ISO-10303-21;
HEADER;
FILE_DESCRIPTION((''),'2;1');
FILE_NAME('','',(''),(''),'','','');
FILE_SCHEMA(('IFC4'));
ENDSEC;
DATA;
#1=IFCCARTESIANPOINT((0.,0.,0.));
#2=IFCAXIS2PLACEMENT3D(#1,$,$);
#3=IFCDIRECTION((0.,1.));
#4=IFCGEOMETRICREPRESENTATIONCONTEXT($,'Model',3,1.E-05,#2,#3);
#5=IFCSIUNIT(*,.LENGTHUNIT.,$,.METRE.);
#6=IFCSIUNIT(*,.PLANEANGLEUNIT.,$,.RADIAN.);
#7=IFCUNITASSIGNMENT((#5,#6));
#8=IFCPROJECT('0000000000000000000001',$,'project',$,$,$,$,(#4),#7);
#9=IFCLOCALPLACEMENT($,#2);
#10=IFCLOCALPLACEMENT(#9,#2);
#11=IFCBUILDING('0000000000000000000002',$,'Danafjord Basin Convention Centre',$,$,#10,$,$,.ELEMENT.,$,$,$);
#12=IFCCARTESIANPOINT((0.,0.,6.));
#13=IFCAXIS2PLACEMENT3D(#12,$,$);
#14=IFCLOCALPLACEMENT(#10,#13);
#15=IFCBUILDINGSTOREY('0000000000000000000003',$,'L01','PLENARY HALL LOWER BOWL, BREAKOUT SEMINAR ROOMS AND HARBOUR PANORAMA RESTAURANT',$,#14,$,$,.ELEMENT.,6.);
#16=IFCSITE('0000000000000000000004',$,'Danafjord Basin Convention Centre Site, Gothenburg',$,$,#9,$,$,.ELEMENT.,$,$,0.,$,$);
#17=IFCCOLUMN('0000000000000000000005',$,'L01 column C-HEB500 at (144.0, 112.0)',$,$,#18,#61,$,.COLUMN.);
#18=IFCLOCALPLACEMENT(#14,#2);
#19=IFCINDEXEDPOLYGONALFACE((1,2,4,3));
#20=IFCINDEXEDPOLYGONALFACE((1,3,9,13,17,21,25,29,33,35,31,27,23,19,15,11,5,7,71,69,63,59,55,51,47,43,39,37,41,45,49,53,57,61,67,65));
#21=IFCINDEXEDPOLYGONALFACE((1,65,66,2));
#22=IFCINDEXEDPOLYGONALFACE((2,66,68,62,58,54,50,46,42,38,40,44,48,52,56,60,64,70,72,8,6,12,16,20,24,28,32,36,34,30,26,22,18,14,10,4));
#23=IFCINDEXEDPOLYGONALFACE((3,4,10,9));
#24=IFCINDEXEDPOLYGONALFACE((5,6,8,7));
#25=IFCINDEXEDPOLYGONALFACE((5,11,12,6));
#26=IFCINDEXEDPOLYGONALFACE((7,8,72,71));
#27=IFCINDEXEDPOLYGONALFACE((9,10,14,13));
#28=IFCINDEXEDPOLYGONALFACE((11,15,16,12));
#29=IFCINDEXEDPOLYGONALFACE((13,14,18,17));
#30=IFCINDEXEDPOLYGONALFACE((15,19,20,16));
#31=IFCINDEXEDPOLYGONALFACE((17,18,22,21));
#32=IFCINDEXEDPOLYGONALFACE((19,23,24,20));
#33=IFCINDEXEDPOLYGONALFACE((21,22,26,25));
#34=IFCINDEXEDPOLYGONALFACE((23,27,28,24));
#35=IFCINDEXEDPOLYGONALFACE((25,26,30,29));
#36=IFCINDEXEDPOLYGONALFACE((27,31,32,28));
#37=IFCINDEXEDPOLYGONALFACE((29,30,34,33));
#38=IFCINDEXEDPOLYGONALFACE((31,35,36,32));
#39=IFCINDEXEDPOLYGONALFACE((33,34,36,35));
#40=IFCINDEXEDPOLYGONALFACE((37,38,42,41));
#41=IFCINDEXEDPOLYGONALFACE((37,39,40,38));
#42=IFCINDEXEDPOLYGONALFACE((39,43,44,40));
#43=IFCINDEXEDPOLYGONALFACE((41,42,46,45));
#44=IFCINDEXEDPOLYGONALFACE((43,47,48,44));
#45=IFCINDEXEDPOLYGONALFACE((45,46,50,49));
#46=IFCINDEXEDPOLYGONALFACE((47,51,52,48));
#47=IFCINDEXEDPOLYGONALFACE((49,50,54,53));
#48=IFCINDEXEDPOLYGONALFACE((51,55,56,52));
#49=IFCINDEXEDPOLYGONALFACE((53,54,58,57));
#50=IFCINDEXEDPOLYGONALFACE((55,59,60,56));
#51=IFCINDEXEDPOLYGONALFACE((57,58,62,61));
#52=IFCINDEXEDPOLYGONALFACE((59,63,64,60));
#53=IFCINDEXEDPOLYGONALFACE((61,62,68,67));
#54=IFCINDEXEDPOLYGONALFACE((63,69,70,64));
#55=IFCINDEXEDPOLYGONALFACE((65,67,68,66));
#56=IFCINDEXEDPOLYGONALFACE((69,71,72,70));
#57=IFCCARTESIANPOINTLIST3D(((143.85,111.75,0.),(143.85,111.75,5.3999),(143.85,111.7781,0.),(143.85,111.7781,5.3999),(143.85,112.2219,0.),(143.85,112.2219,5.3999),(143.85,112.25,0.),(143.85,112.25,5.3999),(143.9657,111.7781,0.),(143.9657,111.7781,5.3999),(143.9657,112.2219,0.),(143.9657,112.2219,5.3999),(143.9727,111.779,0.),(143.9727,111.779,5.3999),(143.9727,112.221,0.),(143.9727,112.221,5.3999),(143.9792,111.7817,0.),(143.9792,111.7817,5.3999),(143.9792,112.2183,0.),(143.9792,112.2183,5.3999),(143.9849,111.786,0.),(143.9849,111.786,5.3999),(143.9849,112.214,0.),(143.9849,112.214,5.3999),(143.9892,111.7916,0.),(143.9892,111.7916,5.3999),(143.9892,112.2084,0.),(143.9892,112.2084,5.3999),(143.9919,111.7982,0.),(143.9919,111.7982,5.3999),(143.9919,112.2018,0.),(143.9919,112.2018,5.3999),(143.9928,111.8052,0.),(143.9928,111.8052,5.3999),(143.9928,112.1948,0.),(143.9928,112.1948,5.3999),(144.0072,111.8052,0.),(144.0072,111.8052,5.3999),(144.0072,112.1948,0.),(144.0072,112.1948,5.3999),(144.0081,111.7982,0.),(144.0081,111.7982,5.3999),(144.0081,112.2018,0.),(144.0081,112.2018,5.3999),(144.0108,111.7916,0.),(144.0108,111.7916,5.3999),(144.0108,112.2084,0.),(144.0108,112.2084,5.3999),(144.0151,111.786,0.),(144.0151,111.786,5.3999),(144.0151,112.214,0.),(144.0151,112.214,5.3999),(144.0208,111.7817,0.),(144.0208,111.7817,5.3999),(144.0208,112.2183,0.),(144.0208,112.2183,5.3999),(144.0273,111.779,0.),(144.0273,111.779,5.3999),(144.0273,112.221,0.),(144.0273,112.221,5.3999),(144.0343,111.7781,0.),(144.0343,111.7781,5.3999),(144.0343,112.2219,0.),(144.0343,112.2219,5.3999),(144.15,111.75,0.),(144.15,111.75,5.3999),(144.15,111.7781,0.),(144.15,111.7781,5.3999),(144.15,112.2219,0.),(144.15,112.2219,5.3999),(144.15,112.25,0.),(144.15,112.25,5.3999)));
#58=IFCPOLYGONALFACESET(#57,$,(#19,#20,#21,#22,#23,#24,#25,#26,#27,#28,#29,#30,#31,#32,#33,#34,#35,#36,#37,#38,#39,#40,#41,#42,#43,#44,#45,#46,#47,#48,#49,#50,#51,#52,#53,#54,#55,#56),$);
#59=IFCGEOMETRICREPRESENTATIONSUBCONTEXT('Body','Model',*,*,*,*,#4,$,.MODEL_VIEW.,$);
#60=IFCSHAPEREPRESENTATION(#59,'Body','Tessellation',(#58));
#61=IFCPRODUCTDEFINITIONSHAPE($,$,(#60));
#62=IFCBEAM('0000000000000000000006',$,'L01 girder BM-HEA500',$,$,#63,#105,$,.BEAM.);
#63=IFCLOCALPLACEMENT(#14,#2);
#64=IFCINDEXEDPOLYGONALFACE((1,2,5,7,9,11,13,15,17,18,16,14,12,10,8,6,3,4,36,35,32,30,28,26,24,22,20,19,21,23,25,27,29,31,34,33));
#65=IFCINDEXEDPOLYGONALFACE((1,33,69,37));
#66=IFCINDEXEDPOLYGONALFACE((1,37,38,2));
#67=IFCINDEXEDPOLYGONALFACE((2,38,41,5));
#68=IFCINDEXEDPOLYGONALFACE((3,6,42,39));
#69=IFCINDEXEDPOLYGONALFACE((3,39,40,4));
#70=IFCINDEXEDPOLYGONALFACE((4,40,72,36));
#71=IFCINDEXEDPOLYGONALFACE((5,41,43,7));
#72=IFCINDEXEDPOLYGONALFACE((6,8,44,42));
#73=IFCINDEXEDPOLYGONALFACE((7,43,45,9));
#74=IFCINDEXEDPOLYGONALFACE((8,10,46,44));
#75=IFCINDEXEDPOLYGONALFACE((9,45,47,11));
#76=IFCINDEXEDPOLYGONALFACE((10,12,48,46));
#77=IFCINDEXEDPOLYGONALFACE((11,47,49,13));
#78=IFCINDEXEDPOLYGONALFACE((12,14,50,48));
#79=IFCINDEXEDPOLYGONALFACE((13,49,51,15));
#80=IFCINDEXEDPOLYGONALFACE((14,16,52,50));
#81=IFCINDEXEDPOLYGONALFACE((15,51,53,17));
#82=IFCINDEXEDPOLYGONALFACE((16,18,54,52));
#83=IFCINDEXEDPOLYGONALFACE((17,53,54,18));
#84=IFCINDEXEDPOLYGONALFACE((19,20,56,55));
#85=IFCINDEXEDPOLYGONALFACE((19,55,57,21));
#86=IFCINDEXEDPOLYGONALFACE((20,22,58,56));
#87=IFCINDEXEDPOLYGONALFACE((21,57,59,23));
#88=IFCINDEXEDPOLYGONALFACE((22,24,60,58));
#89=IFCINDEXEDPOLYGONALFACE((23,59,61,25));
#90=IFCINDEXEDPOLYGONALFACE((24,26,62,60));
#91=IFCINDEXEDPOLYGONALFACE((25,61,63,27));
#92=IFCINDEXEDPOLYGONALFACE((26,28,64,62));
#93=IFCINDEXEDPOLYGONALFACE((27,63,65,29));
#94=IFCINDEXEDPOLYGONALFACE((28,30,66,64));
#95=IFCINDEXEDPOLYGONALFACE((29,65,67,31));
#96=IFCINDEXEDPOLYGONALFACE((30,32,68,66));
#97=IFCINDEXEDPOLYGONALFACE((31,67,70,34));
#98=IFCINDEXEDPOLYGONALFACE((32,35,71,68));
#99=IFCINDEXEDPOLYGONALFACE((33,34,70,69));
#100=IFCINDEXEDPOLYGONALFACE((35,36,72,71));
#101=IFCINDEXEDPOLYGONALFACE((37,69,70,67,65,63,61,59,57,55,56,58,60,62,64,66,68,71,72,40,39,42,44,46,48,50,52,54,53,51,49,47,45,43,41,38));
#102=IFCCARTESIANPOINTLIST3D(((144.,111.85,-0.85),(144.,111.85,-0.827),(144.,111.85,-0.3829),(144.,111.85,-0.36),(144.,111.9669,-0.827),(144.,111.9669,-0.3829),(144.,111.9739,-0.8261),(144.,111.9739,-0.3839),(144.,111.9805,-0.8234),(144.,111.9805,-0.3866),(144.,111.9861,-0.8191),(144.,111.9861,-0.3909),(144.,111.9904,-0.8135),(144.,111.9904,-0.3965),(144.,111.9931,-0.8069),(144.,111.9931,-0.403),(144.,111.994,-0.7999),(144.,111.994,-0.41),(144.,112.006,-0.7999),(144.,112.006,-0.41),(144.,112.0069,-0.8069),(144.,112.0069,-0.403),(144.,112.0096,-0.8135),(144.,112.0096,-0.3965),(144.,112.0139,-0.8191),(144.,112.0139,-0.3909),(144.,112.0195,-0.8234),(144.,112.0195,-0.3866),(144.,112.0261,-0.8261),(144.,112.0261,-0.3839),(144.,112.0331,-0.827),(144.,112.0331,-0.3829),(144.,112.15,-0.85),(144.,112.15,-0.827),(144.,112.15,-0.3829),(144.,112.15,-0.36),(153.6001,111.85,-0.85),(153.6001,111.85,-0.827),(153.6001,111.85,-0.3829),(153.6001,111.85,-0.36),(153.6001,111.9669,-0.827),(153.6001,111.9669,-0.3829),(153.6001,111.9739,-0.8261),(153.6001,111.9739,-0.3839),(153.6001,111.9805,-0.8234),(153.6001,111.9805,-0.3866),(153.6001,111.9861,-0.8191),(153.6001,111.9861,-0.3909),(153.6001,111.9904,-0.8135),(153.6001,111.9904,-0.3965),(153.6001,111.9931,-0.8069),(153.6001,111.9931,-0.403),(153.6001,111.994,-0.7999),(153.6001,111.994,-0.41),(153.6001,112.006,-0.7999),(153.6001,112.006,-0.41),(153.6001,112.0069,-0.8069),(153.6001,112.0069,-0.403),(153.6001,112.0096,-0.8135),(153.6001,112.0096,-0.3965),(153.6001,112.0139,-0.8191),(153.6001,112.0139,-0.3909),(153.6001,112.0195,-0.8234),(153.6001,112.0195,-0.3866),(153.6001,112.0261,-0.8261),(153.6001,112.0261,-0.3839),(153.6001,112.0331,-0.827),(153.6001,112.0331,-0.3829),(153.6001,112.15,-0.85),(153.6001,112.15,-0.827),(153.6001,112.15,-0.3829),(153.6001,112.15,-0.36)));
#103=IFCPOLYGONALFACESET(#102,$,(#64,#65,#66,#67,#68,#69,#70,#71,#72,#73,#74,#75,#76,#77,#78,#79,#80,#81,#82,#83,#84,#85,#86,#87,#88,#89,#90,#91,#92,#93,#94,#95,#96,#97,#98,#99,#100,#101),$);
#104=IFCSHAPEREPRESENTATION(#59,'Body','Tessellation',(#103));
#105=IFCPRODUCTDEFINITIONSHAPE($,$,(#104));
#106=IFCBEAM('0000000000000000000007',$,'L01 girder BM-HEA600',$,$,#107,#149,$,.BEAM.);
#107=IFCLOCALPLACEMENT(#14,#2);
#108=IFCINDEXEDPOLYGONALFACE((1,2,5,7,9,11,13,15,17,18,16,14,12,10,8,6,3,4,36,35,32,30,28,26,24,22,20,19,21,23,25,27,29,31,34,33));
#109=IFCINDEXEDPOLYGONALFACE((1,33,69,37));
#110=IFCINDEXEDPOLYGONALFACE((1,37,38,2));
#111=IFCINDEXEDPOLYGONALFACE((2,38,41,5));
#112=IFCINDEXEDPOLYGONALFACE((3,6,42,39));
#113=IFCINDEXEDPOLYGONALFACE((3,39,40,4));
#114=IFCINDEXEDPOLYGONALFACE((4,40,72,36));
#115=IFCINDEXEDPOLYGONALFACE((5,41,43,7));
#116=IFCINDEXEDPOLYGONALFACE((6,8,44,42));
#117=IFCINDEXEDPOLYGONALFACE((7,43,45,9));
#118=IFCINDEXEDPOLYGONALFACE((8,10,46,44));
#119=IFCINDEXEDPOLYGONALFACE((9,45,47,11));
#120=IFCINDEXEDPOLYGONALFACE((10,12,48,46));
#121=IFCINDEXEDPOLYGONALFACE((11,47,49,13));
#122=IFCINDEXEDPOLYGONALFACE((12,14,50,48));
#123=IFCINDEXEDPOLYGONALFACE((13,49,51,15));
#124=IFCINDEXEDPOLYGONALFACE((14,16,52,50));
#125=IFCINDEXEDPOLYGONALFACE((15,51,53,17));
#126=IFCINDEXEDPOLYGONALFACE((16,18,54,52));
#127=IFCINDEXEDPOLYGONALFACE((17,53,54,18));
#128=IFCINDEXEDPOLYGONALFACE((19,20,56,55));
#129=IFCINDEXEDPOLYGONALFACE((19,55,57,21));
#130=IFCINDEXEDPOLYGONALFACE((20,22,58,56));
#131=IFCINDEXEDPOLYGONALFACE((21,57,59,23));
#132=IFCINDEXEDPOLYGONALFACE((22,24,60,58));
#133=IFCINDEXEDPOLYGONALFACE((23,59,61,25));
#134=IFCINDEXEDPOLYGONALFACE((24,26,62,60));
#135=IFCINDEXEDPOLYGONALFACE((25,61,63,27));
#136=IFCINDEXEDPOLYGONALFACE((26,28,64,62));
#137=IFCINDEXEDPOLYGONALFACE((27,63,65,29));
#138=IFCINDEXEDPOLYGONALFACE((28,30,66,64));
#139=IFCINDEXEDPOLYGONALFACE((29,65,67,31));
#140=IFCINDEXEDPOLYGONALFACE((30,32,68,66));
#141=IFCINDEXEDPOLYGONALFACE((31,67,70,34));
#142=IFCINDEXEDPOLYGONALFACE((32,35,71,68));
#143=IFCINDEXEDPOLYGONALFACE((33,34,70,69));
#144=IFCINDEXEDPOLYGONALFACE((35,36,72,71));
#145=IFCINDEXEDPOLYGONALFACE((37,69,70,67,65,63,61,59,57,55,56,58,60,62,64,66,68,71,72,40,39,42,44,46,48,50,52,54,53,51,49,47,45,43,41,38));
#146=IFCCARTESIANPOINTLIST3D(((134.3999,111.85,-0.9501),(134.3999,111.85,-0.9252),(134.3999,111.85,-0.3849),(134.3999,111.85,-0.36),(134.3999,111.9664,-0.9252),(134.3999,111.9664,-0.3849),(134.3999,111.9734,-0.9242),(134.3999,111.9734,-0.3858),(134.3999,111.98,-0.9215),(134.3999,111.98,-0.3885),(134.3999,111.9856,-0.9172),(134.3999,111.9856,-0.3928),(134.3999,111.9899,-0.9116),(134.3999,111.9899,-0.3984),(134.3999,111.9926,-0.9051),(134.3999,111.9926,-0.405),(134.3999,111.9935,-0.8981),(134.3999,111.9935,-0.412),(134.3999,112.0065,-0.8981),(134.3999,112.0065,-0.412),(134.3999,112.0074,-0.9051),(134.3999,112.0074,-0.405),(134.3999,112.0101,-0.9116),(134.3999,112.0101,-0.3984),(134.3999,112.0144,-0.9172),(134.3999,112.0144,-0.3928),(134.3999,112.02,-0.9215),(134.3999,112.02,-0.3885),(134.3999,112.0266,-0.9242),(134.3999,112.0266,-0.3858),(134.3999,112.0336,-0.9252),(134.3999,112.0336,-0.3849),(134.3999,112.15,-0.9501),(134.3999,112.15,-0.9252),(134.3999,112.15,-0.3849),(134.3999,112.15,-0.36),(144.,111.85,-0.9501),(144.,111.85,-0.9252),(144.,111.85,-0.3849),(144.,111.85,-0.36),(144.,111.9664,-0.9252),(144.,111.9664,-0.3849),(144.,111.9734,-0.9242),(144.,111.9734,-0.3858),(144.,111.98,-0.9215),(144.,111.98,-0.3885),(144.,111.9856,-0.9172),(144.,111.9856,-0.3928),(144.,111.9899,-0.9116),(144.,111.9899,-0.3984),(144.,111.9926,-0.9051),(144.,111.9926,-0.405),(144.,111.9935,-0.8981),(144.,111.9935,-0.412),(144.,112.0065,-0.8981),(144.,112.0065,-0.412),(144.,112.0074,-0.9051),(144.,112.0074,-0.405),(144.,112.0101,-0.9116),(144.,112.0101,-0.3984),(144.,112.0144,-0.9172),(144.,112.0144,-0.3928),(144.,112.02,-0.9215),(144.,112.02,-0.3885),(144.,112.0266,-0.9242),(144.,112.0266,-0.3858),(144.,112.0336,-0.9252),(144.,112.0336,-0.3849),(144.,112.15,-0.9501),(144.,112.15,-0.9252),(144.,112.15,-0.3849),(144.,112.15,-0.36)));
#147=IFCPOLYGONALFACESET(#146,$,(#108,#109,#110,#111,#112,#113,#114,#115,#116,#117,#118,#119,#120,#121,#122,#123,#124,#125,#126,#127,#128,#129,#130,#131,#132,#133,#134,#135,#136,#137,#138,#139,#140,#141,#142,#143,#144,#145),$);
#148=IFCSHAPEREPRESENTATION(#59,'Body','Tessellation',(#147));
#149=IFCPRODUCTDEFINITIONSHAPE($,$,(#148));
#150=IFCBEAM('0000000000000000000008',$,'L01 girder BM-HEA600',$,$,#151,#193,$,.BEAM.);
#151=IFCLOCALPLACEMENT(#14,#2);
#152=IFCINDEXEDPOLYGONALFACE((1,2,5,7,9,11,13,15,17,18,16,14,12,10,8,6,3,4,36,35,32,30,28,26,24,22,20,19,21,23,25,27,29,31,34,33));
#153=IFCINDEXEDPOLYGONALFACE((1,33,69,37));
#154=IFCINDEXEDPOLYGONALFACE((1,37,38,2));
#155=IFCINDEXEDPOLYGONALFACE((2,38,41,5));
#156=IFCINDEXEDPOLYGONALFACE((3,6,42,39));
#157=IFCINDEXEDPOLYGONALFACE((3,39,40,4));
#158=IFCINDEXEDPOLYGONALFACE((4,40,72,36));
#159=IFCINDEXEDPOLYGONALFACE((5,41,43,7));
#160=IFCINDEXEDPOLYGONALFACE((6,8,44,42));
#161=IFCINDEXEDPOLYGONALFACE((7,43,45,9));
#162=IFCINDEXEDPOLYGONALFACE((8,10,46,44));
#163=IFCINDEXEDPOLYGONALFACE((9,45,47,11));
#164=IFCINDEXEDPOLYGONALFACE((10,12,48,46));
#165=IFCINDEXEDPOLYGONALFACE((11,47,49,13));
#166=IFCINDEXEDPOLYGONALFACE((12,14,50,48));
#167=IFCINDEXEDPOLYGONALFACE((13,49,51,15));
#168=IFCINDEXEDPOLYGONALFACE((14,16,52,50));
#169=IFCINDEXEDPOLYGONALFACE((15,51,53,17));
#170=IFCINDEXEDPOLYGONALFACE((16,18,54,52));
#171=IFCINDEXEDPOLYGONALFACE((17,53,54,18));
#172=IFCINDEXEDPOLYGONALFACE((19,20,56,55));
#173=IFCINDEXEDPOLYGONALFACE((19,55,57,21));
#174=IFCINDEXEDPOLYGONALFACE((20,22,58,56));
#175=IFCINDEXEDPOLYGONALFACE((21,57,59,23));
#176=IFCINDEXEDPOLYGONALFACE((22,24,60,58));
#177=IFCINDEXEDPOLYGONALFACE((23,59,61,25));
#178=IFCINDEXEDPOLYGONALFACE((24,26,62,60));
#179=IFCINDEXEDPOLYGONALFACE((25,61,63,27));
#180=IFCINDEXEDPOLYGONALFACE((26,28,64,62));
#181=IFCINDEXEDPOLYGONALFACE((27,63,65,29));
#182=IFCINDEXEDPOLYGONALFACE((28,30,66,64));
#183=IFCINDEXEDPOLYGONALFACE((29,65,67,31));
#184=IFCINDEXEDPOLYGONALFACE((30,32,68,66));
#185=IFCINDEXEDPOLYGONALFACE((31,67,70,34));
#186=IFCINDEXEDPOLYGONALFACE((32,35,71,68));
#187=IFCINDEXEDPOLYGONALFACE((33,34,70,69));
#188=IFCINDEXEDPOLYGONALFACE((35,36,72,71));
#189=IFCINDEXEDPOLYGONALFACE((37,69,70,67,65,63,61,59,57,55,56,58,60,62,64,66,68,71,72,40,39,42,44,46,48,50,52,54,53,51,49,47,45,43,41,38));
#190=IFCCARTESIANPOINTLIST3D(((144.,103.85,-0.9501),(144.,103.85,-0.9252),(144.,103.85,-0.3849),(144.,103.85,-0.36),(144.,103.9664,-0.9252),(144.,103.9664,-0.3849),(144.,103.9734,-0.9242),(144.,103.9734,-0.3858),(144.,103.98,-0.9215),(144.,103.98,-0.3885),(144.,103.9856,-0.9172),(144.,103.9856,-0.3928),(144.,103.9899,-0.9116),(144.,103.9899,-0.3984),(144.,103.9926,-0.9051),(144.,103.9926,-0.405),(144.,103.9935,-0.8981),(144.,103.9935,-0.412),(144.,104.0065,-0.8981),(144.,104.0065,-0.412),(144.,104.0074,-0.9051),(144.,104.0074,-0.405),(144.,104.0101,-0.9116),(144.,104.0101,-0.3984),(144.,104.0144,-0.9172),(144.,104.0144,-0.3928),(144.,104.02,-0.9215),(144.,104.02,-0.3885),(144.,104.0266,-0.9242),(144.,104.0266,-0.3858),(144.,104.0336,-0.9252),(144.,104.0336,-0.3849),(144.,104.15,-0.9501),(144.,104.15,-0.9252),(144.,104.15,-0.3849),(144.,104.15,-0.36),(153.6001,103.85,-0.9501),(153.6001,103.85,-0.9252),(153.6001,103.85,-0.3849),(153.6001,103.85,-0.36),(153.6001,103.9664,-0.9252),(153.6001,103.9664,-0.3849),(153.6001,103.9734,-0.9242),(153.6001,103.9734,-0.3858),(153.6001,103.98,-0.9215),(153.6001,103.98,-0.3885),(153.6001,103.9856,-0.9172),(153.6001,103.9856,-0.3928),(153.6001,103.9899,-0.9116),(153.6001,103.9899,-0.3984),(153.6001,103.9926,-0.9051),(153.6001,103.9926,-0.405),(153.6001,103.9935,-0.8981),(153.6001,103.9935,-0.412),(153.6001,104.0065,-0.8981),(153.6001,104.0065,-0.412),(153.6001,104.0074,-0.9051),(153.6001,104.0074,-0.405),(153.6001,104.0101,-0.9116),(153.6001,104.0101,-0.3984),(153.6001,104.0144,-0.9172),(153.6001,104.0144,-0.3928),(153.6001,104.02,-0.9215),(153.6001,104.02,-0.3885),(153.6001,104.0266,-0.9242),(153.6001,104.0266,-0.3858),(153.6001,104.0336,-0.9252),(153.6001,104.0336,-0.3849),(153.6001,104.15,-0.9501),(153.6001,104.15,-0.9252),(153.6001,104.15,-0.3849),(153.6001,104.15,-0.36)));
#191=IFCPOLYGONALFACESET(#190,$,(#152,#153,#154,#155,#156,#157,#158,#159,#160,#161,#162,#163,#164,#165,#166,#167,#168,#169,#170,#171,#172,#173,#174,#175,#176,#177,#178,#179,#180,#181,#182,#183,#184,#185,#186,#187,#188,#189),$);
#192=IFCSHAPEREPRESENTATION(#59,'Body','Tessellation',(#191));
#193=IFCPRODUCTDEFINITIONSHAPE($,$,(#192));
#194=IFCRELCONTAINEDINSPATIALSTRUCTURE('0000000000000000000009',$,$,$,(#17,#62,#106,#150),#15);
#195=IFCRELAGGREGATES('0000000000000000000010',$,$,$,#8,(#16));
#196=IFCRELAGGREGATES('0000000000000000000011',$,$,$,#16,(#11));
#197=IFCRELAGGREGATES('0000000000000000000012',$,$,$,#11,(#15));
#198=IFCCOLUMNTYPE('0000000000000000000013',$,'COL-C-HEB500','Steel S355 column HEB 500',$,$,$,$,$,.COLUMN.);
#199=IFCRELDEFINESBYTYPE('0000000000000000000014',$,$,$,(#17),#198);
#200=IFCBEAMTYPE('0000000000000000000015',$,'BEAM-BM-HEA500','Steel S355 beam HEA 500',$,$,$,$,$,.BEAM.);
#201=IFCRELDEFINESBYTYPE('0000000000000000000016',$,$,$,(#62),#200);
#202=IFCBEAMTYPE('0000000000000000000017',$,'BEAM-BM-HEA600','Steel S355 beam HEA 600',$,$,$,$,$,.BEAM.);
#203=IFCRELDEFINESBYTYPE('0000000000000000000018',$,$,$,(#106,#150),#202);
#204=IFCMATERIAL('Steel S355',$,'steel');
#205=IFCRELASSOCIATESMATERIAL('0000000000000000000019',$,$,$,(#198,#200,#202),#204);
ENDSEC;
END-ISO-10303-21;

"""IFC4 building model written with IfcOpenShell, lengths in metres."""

from ifc_helpers import new_model, si_unit, direction, frame, origin, origin_2d, place, context, subcontext, project, spatial, i_section, extrude, material, material_profile, profile_set, type_object, element, save


model = new_model("IFC4")

# Units and contexts
model_context = context("Model", 3, precision=1e-05, world=origin(), true_north=direction((0.0, 1.0)))
body_context = subcontext(model_context, "Body", "Model", "MODEL_VIEW")
ifc_project = project(units=[si_unit("LENGTHUNIT", "METRE"), si_unit("PLANEANGLEUNIT", "RADIAN")], contexts=[model_context])

# Site, building, storey
site_placement = place(None, origin())
site = spatial("IfcSite", under=ifc_project, at=site_placement, Name="Danafjord Basin Convention Centre Site, Gothenburg", CompositionType="ELEMENT", RefElevation=0.0)
building_placement = place(site_placement, origin())
building = spatial("IfcBuilding", under=site, at=building_placement, Name="Danafjord Basin Convention Centre", CompositionType="ELEMENT")
storey_placement = place(building_placement, frame((0.0, 0.0, 6.0)))
storey = spatial("IfcBuildingStorey", under=building, at=storey_placement, Name="L01", Description="PLENARY HALL LOWER BOWL, BREAKOUT SEMINAR ROOMS AND HARBOUR PANORAMA RESTAURANT", CompositionType="ELEMENT", Elevation=6.0)

# Column
ifc_material_1 = material(Name="Steel S355", Category="steel")
ifc_material_profile_1 = material_profile(ifc_material_1, i_section(OverallWidth=0.3, OverallDepth=0.5, WebThickness=0.0144, FlangeThickness=0.0281, FilletRadius=0.0271, at=origin_2d()), Name="HEB 500")
ifc_profile_set_1 = profile_set([ifc_material_profile_1], Name="Steel S355")
column_type_1 = type_object("IfcColumnType", Name="COL-C-HEB500", Description="Steel S355 column HEB 500", PredefinedType="COLUMN", material=ifc_profile_set_1)
for number, where, z_axis, x_axis, name in (
    (1, (144.0, 112.0, 0.0), (0.0, 0.0, 1.0), (1.0, 0.0, 0.0), "L01 column C-HEB500 at (144.0, 112.0)"),
):
    element("IfcColumn", number, at=place(storey_placement, frame(where, z_axis=z_axis, x_axis=x_axis)), inside=storey, type_object=column_type_1, Name=name, PredefinedType="COLUMN", context=body_context, shape_type="SweptSolid", body=[
        extrude(i_section(OverallWidth=0.3, OverallDepth=0.5, WebThickness=0.0144, FlangeThickness=0.0281, FilletRadius=0.0271, at=origin_2d()), origin(), (0.0, 0.0, 1.0), 5.3999),
    ])

# Beams
ifc_material_profile_2 = material_profile(ifc_material_1, i_section(OverallWidth=0.3, OverallDepth=0.49, WebThickness=0.012, FlangeThickness=0.0229, FilletRadius=0.0271, at=origin_2d()), Name="HEA 500")
ifc_profile_set_2 = profile_set([ifc_material_profile_2], Name="Steel S355")
beam_type_1 = type_object("IfcBeamType", Name="BEAM-BM-HEA500", Description="Steel S355 beam HEA 500", PredefinedType="BEAM", material=ifc_profile_set_2)
beam_1_placement = place(storey_placement, frame((144.0, 112.0, -0.605), z_axis=(1.0, 0.0, 0.0), x_axis=(0.0, 1.0, 0.0)))
element("IfcBeam", 2, at=beam_1_placement, inside=storey, type_object=beam_type_1, Name="L01 girder BM-HEA500", PredefinedType="BEAM", context=body_context, shape_type="SweptSolid", body=[
    extrude(i_section(OverallWidth=0.3, OverallDepth=0.49, WebThickness=0.012, FlangeThickness=0.0229, FilletRadius=0.0271, at=origin_2d()), origin(), (0.0, 0.0, 1.0), 9.6001),
])
ifc_material_profile_3 = material_profile(ifc_material_1, i_section(OverallWidth=0.3, OverallDepth=0.5901, WebThickness=0.0129, FlangeThickness=0.0249, FilletRadius=0.0271, at=origin_2d()), Name="HEA 600")
ifc_profile_set_3 = profile_set([ifc_material_profile_3], Name="Steel S355")
beam_type_2 = type_object("IfcBeamType", Name="BEAM-BM-HEA600", Description="Steel S355 beam HEA 600", PredefinedType="BEAM", material=ifc_profile_set_3)
for number, where, z_axis, x_axis, name in (
    (3, (134.3999, 112.0, -0.655), (1.0, 0.0, 0.0), (0.0, 1.0, 0.0), "L01 girder BM-HEA600"),
    (4, (144.0, 104.0, -0.655), (1.0, 0.0, 0.0), (0.0, 1.0, 0.0), "L01 girder BM-HEA600"),
):
    element("IfcBeam", number, at=place(storey_placement, frame(where, z_axis=z_axis, x_axis=x_axis)), inside=storey, type_object=beam_type_2, Name=name, PredefinedType="BEAM", context=body_context, shape_type="SweptSolid", body=[
        extrude(i_section(OverallWidth=0.3, OverallDepth=0.5901, WebThickness=0.0129, FlangeThickness=0.0249, FilletRadius=0.0271, at=origin_2d()), origin(), (0.0, 0.0, 1.0), 9.6001),
    ])

save(model, "model.ifc")
